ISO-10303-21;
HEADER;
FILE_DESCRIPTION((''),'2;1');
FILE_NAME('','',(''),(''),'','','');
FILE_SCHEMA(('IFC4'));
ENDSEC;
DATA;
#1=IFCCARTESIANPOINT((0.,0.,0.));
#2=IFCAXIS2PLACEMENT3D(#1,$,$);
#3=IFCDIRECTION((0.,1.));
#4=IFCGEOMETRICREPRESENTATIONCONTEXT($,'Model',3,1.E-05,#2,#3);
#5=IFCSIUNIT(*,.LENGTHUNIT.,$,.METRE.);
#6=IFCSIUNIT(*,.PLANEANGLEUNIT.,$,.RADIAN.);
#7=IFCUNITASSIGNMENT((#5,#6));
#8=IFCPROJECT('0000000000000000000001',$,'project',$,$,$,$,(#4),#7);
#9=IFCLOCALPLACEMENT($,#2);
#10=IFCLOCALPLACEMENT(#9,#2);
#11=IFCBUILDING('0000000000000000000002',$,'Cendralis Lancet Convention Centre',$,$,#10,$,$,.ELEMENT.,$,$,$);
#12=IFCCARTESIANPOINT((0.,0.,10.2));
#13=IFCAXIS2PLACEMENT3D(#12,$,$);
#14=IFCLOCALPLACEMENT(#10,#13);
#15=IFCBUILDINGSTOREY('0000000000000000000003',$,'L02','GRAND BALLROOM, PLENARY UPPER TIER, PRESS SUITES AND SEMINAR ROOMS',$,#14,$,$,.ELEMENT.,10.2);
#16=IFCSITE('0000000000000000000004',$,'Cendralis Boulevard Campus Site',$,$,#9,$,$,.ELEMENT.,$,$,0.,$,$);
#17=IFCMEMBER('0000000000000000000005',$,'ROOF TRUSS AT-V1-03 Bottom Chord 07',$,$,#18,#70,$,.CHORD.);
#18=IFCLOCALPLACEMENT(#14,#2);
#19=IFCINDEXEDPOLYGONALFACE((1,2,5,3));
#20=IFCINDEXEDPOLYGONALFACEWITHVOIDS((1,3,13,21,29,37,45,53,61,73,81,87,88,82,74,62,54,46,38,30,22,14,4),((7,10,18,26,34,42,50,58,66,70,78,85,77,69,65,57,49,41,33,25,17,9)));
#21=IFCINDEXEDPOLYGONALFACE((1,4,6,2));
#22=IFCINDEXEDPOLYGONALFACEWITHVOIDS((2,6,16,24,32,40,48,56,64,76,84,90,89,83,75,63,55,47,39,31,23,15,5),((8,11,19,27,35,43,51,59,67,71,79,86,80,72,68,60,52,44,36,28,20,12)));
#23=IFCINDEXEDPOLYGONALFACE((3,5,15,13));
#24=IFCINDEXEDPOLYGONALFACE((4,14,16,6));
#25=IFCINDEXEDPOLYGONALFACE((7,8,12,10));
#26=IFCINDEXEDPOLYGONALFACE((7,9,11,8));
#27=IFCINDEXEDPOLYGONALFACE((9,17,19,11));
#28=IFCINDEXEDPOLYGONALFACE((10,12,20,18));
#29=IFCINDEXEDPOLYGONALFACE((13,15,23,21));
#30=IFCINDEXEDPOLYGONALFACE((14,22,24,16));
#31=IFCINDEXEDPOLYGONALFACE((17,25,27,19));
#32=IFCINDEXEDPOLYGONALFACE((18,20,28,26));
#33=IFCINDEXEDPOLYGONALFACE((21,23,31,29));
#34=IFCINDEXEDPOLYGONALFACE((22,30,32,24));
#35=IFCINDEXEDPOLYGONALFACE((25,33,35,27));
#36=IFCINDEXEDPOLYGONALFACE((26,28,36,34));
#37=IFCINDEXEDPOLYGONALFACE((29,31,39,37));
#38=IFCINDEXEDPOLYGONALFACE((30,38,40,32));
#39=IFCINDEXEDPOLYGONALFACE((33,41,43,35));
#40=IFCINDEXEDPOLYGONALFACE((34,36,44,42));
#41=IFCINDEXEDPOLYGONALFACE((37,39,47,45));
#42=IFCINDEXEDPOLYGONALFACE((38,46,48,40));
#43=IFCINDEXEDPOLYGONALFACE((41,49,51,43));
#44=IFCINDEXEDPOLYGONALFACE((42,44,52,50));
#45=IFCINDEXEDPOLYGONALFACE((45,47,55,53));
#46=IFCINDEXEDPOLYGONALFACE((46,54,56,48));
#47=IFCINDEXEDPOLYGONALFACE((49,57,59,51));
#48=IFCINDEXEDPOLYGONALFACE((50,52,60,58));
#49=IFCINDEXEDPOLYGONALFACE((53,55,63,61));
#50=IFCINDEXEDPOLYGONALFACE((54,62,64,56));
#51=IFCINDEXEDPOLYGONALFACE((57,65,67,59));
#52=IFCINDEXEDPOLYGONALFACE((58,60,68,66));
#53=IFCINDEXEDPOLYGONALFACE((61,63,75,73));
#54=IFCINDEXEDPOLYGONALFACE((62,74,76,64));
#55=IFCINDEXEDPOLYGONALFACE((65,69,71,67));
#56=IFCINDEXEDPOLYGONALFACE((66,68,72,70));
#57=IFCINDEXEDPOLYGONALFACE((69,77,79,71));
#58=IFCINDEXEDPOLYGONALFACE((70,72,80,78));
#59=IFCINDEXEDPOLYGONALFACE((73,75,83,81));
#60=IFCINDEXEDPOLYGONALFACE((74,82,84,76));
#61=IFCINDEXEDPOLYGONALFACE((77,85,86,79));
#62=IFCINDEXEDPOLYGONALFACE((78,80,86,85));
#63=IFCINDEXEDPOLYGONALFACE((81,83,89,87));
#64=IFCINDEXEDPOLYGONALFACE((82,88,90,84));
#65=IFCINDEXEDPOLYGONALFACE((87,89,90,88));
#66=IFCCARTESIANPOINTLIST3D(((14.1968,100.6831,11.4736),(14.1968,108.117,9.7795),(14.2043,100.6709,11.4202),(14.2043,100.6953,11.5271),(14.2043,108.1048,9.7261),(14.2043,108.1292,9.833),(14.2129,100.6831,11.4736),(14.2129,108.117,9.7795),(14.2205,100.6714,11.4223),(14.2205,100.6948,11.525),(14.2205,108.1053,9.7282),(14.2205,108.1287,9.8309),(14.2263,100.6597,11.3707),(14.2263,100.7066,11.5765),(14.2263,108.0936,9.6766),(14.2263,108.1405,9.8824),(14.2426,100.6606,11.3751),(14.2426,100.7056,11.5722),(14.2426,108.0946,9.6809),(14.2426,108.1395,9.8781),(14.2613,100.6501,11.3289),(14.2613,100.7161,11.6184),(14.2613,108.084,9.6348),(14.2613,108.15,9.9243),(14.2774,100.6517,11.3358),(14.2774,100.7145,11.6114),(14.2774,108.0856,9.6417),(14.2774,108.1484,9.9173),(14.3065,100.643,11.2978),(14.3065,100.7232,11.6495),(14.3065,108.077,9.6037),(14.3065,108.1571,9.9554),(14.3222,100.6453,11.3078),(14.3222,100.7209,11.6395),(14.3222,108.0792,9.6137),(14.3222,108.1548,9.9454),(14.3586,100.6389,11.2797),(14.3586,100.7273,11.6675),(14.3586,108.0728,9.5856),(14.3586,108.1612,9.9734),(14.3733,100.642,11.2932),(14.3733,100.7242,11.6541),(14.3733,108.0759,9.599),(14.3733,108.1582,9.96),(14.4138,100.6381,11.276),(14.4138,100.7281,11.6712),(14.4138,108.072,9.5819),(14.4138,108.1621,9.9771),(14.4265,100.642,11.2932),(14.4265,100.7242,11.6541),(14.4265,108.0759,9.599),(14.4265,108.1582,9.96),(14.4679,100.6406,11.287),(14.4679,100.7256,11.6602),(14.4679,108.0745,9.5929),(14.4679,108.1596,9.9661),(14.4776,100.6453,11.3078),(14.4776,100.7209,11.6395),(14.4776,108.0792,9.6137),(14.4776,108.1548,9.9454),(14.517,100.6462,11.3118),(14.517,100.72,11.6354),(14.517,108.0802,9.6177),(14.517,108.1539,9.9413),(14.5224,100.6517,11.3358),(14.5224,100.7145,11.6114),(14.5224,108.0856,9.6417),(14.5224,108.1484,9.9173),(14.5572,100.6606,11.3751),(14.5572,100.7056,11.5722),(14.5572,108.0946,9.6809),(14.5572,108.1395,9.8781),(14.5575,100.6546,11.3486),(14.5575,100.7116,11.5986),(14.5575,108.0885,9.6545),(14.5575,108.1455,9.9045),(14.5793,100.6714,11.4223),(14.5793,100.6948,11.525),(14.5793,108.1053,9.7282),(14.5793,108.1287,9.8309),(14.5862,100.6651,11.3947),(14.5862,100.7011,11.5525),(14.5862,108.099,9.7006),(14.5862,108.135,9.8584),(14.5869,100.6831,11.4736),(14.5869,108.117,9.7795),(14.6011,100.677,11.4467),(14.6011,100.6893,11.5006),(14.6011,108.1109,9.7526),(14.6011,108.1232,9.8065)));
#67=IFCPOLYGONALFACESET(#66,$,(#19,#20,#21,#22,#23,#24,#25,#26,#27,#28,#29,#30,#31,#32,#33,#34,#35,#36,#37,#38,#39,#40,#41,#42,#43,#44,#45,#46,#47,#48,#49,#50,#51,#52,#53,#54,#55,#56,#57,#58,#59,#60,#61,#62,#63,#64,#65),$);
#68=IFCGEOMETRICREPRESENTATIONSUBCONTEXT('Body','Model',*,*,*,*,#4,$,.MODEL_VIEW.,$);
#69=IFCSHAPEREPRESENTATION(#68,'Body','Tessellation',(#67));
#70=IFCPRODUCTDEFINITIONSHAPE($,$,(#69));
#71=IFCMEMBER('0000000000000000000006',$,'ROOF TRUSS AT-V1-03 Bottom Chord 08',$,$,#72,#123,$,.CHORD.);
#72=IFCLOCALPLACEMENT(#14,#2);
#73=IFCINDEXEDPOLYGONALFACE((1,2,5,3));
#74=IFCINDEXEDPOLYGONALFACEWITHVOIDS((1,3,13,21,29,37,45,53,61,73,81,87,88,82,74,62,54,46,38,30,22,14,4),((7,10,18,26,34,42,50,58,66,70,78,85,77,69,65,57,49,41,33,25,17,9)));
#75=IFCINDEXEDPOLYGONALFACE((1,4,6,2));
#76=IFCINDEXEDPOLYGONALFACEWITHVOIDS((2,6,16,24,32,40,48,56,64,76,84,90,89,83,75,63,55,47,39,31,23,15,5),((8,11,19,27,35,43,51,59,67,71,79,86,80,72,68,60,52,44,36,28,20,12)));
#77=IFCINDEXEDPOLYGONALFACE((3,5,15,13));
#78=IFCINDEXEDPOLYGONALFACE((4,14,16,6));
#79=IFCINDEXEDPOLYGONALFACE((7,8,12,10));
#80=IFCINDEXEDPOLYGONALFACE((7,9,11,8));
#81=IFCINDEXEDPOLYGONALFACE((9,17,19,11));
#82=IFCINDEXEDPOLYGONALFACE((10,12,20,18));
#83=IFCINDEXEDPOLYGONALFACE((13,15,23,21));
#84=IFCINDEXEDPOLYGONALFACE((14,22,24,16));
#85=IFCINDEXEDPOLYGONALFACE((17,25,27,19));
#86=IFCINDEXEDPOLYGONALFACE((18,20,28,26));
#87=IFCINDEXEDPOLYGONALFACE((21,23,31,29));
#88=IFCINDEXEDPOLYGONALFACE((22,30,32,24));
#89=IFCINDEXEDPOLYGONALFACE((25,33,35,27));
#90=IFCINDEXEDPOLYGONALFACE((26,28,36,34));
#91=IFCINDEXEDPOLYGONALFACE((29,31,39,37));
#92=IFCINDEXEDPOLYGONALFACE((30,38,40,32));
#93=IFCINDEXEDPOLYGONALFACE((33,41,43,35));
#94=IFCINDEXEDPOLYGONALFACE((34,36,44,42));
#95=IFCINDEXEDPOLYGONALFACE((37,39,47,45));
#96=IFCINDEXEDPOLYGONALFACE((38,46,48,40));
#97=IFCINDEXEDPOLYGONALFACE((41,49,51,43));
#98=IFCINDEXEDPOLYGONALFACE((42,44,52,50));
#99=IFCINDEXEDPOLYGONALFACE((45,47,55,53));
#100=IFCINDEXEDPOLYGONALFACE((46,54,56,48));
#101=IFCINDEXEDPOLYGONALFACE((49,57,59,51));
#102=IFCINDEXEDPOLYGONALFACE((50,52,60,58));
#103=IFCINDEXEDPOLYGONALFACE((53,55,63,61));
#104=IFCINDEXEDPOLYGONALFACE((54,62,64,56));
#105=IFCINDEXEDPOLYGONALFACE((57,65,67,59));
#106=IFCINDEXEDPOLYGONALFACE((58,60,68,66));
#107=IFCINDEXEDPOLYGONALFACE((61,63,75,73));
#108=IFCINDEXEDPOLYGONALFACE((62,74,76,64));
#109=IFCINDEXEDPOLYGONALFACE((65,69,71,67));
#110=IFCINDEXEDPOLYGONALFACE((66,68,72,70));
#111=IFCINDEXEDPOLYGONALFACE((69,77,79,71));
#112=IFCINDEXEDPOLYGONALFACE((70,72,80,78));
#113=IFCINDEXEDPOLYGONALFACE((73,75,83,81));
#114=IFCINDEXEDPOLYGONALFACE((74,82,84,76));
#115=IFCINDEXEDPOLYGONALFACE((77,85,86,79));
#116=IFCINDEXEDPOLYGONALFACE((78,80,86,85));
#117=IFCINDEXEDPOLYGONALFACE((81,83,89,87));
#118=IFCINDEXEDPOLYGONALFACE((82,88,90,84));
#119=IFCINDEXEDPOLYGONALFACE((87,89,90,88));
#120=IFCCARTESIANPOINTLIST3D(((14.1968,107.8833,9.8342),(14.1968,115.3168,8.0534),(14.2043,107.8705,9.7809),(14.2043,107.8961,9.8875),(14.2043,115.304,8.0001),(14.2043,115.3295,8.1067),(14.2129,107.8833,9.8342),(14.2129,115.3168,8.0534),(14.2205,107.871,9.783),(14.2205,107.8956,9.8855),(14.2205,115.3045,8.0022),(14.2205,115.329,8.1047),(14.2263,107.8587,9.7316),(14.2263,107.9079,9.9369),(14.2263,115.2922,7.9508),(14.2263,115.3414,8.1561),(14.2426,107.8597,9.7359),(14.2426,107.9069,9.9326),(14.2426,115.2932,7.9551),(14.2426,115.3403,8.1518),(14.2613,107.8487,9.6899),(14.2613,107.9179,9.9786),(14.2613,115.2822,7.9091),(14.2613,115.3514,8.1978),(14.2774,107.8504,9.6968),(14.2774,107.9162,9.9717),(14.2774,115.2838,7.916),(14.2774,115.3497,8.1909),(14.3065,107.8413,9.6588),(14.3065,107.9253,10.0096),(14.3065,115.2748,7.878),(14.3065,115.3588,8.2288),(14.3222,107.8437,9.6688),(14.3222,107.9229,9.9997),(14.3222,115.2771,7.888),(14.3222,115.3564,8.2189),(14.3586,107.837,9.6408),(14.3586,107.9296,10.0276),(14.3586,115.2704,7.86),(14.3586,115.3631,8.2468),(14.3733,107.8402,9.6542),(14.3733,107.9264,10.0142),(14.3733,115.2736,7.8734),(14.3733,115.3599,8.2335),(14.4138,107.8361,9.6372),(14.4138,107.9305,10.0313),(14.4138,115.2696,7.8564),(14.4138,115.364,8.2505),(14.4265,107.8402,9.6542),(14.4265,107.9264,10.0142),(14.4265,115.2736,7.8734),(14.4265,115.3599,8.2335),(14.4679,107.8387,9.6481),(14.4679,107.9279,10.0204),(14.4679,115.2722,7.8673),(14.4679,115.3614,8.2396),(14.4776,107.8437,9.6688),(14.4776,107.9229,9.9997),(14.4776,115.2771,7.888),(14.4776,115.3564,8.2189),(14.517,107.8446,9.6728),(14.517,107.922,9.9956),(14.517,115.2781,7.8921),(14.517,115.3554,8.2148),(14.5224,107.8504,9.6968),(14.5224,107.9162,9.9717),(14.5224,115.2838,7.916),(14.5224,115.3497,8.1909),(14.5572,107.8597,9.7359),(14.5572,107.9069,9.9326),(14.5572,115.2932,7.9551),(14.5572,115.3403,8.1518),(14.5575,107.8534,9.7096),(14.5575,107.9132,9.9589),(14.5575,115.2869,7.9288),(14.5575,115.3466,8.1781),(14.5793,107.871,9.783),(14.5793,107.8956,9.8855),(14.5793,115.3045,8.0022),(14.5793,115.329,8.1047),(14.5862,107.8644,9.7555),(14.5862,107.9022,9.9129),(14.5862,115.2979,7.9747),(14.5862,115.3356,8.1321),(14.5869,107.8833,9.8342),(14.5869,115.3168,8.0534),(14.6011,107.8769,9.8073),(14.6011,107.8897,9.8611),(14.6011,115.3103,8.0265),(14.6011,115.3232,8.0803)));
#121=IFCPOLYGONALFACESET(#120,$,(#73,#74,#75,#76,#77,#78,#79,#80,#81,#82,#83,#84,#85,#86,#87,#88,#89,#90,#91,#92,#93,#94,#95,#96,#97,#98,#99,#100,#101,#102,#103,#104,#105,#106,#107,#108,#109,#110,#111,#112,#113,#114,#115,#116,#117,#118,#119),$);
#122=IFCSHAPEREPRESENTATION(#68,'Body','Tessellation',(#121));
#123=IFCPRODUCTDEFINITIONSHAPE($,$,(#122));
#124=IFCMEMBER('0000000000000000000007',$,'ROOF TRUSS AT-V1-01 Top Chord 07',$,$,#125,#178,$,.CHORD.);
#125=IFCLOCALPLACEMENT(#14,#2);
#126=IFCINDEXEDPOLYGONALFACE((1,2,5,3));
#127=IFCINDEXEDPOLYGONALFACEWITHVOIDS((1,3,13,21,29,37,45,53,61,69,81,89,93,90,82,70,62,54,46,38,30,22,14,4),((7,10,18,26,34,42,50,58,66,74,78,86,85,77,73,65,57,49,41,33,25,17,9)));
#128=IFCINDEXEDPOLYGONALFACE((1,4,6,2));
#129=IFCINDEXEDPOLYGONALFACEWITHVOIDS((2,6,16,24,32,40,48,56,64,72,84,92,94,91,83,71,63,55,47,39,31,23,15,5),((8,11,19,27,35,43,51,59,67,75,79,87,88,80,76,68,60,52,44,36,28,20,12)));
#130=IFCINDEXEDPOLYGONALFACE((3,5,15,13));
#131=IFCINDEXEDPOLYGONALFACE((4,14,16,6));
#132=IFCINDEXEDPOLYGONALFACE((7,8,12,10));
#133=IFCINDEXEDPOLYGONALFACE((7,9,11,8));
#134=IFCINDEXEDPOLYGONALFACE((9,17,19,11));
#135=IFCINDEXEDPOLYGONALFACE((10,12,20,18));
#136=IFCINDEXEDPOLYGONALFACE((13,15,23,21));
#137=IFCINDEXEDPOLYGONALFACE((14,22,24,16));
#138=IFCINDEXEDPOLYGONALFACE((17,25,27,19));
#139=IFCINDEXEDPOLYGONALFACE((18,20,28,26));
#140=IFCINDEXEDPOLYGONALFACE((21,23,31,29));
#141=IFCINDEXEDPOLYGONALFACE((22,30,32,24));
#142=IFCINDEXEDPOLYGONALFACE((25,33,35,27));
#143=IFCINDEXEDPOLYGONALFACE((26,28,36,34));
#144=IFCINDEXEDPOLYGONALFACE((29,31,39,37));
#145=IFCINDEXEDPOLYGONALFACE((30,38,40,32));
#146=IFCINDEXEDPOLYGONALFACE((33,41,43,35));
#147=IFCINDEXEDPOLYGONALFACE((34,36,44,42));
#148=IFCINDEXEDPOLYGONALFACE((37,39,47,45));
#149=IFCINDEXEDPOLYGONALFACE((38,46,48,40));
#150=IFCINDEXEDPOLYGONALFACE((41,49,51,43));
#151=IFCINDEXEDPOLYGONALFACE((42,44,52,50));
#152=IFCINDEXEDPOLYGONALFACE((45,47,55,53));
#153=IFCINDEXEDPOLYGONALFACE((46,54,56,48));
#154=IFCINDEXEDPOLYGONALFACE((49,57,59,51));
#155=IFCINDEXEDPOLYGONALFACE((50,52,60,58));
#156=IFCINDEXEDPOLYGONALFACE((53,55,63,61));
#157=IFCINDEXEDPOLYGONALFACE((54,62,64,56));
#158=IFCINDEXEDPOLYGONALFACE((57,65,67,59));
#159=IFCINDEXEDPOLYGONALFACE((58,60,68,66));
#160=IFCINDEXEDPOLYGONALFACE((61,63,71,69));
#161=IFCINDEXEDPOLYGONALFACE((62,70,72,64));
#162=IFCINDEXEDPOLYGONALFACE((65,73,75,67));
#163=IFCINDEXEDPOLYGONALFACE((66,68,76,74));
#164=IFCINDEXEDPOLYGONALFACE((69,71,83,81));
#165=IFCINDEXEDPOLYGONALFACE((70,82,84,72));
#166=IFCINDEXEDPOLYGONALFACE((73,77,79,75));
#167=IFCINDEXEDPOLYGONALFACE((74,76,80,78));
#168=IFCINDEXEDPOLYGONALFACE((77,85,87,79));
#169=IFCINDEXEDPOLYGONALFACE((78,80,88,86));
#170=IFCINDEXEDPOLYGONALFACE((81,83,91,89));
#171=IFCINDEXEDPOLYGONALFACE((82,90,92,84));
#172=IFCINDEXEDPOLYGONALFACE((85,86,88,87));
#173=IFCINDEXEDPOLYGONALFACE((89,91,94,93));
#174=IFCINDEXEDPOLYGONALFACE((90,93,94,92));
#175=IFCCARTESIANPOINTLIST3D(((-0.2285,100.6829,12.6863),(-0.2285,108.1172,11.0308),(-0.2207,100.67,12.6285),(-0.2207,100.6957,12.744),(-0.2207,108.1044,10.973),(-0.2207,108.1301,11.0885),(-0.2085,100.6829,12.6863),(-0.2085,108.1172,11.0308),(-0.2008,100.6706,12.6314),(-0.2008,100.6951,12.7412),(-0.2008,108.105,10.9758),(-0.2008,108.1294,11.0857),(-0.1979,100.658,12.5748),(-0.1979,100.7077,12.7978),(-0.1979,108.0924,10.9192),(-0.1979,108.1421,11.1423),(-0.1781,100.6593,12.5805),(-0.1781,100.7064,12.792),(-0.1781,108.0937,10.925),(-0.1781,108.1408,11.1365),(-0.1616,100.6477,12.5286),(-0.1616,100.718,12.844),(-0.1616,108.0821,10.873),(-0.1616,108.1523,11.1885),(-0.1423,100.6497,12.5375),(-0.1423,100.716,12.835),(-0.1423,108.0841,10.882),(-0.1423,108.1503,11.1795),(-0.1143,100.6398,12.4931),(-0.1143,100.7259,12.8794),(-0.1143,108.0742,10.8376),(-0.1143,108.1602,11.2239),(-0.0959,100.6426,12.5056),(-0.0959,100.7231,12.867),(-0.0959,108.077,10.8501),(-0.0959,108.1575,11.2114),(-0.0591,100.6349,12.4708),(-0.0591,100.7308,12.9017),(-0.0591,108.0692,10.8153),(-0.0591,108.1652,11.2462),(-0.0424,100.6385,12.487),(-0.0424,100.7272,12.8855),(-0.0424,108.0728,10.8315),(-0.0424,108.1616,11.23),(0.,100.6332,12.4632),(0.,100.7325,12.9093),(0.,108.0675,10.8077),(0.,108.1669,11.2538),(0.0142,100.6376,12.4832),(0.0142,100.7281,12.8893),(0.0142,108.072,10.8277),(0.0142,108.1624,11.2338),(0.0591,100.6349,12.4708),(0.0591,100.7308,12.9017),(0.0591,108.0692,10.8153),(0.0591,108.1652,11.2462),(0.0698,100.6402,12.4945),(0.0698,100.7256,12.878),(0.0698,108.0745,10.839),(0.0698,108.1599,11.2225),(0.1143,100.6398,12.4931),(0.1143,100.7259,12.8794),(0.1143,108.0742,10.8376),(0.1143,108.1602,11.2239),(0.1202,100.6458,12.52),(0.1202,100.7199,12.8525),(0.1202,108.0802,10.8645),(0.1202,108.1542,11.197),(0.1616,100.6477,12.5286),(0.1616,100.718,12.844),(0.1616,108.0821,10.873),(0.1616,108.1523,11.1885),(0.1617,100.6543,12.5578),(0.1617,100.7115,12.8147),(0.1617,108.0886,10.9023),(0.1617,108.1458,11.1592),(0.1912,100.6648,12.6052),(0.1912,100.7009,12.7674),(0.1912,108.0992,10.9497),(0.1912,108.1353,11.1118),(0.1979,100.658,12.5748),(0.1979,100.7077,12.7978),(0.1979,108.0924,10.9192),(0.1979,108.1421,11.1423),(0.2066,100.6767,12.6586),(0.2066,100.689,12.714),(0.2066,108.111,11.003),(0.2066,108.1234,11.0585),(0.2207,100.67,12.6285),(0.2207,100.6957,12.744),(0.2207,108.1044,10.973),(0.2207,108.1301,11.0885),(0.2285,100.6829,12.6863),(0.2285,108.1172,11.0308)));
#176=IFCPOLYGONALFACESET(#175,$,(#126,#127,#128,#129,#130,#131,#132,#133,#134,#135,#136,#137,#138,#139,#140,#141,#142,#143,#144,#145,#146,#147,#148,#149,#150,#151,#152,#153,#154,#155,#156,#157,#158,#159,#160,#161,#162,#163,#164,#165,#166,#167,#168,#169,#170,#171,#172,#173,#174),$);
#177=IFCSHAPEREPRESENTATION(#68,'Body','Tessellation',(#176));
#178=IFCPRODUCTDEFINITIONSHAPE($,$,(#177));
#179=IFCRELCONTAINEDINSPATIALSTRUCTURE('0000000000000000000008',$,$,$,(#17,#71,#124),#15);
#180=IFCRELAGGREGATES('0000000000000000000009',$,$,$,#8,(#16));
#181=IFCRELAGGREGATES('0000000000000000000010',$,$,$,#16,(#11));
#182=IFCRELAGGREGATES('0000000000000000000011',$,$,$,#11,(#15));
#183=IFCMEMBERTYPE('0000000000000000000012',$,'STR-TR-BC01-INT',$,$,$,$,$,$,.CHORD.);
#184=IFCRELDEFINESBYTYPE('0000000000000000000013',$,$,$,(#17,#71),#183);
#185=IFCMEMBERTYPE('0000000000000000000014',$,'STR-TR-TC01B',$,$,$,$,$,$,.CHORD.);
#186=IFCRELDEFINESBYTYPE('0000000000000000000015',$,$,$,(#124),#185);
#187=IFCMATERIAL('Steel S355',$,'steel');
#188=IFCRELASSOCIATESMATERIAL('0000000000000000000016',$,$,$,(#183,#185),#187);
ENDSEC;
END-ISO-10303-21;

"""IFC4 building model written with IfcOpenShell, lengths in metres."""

from ifc_helpers import new_model, si_unit, direction, frame, origin, origin_2d, place, context, subcontext, project, spatial, hollow_circle, extrude, material, material_profile, profile_set, type_object, element, save


model = new_model("IFC4")

# Units and contexts
model_context = context("Model", 3, precision=1e-05, world=origin(), true_north=direction((0.0, 1.0)))
body_context = subcontext(model_context, "Body", "Model", "MODEL_VIEW")
ifc_project = project(units=[si_unit("LENGTHUNIT", "METRE"), si_unit("PLANEANGLEUNIT", "RADIAN")], contexts=[model_context])

# Site, building, storey
site_placement = place(None, origin())
site = spatial("IfcSite", under=ifc_project, at=site_placement, Name="Cendralis Boulevard Campus Site", CompositionType="ELEMENT", RefElevation=0.0)
building_placement = place(site_placement, origin())
building = spatial("IfcBuilding", under=site, at=building_placement, Name="Cendralis Lancet Convention Centre", CompositionType="ELEMENT")
storey_placement = place(building_placement, frame((0.0, 0.0, 10.2)))
storey = spatial("IfcBuildingStorey", under=building, at=storey_placement, Name="L02", Description="GRAND BALLROOM, PLENARY UPPER TIER, PRESS SUITES AND SEMINAR ROOMS", CompositionType="ELEMENT", Elevation=10.2)

# Members
ifc_material = material(Name="Steel S355", Category="steel")
ifc_material_profile_1 = material_profile(ifc_material, hollow_circle(Radius=0.2031, WallThickness=0.0161, at=origin_2d()), Name="CHS 406.4x16.0")
ifc_profile_set_1 = profile_set([ifc_material_profile_1], Name="Steel S355")
member_type_1 = type_object("IfcMemberType", Name="STR-TR-BC01-INT", PredefinedType="CHORD", material=ifc_profile_set_1)
member_1_placement = place(storey_placement, frame((14.3999, 100.6831, 11.4736), z_axis=(0.0, 0.975003, -0.222193), x_axis=(-1.0, 0.0, 0.0)))
element("IfcMember", 1, at=member_1_placement, inside=storey, type_object=member_type_1, Name="ROOF TRUSS AT-V1-03 Bottom Chord 07", PredefinedType="CHORD", context=body_context, shape_type="SweptSolid", body=[
    extrude(hollow_circle(Radius=0.2031, WallThickness=0.0161, at=origin_2d()), origin(), (0.0, 0.0, 1.0), 7.6245),
])
member_2_placement = place(storey_placement, frame((14.3999, 107.8833, 9.8342), z_axis=(0.0, 0.972483, -0.232972), x_axis=(-1.0, 0.0, 0.0)))
element("IfcMember", 2, at=member_2_placement, inside=storey, type_object=member_type_1, Name="ROOF TRUSS AT-V1-03 Bottom Chord 08", PredefinedType="CHORD", context=body_context, shape_type="SweptSolid", body=[
    extrude(hollow_circle(Radius=0.2031, WallThickness=0.0161, at=origin_2d()), origin(), (0.0, 0.0, 1.0), 7.6438),
])
ifc_material_profile_2 = material_profile(ifc_material, hollow_circle(Radius=0.2285, WallThickness=0.02, at=origin_2d()), Name="CHS 457.0x20.0")
ifc_profile_set_2 = profile_set([ifc_material_profile_2], Name="Steel S355")
member_type_2 = type_object("IfcMemberType", Name="STR-TR-TC01B", PredefinedType="CHORD", material=ifc_profile_set_2)
member_3_placement = place(storey_placement, frame((0.0, 100.6829, 12.6863), z_axis=(0.0, 0.976091, -0.217361), x_axis=(-1.0, 0.0, 0.0)))
element("IfcMember", 3, at=member_3_placement, inside=storey, type_object=member_type_2, Name="ROOF TRUSS AT-V1-01 Top Chord 07", PredefinedType="CHORD", context=body_context, shape_type="SweptSolid", body=[
    extrude(hollow_circle(Radius=0.2285, WallThickness=0.02, at=origin_2d()), origin(), (0.0, 0.0, 1.0), 7.6165),
])

save(model, "model.ifc")
